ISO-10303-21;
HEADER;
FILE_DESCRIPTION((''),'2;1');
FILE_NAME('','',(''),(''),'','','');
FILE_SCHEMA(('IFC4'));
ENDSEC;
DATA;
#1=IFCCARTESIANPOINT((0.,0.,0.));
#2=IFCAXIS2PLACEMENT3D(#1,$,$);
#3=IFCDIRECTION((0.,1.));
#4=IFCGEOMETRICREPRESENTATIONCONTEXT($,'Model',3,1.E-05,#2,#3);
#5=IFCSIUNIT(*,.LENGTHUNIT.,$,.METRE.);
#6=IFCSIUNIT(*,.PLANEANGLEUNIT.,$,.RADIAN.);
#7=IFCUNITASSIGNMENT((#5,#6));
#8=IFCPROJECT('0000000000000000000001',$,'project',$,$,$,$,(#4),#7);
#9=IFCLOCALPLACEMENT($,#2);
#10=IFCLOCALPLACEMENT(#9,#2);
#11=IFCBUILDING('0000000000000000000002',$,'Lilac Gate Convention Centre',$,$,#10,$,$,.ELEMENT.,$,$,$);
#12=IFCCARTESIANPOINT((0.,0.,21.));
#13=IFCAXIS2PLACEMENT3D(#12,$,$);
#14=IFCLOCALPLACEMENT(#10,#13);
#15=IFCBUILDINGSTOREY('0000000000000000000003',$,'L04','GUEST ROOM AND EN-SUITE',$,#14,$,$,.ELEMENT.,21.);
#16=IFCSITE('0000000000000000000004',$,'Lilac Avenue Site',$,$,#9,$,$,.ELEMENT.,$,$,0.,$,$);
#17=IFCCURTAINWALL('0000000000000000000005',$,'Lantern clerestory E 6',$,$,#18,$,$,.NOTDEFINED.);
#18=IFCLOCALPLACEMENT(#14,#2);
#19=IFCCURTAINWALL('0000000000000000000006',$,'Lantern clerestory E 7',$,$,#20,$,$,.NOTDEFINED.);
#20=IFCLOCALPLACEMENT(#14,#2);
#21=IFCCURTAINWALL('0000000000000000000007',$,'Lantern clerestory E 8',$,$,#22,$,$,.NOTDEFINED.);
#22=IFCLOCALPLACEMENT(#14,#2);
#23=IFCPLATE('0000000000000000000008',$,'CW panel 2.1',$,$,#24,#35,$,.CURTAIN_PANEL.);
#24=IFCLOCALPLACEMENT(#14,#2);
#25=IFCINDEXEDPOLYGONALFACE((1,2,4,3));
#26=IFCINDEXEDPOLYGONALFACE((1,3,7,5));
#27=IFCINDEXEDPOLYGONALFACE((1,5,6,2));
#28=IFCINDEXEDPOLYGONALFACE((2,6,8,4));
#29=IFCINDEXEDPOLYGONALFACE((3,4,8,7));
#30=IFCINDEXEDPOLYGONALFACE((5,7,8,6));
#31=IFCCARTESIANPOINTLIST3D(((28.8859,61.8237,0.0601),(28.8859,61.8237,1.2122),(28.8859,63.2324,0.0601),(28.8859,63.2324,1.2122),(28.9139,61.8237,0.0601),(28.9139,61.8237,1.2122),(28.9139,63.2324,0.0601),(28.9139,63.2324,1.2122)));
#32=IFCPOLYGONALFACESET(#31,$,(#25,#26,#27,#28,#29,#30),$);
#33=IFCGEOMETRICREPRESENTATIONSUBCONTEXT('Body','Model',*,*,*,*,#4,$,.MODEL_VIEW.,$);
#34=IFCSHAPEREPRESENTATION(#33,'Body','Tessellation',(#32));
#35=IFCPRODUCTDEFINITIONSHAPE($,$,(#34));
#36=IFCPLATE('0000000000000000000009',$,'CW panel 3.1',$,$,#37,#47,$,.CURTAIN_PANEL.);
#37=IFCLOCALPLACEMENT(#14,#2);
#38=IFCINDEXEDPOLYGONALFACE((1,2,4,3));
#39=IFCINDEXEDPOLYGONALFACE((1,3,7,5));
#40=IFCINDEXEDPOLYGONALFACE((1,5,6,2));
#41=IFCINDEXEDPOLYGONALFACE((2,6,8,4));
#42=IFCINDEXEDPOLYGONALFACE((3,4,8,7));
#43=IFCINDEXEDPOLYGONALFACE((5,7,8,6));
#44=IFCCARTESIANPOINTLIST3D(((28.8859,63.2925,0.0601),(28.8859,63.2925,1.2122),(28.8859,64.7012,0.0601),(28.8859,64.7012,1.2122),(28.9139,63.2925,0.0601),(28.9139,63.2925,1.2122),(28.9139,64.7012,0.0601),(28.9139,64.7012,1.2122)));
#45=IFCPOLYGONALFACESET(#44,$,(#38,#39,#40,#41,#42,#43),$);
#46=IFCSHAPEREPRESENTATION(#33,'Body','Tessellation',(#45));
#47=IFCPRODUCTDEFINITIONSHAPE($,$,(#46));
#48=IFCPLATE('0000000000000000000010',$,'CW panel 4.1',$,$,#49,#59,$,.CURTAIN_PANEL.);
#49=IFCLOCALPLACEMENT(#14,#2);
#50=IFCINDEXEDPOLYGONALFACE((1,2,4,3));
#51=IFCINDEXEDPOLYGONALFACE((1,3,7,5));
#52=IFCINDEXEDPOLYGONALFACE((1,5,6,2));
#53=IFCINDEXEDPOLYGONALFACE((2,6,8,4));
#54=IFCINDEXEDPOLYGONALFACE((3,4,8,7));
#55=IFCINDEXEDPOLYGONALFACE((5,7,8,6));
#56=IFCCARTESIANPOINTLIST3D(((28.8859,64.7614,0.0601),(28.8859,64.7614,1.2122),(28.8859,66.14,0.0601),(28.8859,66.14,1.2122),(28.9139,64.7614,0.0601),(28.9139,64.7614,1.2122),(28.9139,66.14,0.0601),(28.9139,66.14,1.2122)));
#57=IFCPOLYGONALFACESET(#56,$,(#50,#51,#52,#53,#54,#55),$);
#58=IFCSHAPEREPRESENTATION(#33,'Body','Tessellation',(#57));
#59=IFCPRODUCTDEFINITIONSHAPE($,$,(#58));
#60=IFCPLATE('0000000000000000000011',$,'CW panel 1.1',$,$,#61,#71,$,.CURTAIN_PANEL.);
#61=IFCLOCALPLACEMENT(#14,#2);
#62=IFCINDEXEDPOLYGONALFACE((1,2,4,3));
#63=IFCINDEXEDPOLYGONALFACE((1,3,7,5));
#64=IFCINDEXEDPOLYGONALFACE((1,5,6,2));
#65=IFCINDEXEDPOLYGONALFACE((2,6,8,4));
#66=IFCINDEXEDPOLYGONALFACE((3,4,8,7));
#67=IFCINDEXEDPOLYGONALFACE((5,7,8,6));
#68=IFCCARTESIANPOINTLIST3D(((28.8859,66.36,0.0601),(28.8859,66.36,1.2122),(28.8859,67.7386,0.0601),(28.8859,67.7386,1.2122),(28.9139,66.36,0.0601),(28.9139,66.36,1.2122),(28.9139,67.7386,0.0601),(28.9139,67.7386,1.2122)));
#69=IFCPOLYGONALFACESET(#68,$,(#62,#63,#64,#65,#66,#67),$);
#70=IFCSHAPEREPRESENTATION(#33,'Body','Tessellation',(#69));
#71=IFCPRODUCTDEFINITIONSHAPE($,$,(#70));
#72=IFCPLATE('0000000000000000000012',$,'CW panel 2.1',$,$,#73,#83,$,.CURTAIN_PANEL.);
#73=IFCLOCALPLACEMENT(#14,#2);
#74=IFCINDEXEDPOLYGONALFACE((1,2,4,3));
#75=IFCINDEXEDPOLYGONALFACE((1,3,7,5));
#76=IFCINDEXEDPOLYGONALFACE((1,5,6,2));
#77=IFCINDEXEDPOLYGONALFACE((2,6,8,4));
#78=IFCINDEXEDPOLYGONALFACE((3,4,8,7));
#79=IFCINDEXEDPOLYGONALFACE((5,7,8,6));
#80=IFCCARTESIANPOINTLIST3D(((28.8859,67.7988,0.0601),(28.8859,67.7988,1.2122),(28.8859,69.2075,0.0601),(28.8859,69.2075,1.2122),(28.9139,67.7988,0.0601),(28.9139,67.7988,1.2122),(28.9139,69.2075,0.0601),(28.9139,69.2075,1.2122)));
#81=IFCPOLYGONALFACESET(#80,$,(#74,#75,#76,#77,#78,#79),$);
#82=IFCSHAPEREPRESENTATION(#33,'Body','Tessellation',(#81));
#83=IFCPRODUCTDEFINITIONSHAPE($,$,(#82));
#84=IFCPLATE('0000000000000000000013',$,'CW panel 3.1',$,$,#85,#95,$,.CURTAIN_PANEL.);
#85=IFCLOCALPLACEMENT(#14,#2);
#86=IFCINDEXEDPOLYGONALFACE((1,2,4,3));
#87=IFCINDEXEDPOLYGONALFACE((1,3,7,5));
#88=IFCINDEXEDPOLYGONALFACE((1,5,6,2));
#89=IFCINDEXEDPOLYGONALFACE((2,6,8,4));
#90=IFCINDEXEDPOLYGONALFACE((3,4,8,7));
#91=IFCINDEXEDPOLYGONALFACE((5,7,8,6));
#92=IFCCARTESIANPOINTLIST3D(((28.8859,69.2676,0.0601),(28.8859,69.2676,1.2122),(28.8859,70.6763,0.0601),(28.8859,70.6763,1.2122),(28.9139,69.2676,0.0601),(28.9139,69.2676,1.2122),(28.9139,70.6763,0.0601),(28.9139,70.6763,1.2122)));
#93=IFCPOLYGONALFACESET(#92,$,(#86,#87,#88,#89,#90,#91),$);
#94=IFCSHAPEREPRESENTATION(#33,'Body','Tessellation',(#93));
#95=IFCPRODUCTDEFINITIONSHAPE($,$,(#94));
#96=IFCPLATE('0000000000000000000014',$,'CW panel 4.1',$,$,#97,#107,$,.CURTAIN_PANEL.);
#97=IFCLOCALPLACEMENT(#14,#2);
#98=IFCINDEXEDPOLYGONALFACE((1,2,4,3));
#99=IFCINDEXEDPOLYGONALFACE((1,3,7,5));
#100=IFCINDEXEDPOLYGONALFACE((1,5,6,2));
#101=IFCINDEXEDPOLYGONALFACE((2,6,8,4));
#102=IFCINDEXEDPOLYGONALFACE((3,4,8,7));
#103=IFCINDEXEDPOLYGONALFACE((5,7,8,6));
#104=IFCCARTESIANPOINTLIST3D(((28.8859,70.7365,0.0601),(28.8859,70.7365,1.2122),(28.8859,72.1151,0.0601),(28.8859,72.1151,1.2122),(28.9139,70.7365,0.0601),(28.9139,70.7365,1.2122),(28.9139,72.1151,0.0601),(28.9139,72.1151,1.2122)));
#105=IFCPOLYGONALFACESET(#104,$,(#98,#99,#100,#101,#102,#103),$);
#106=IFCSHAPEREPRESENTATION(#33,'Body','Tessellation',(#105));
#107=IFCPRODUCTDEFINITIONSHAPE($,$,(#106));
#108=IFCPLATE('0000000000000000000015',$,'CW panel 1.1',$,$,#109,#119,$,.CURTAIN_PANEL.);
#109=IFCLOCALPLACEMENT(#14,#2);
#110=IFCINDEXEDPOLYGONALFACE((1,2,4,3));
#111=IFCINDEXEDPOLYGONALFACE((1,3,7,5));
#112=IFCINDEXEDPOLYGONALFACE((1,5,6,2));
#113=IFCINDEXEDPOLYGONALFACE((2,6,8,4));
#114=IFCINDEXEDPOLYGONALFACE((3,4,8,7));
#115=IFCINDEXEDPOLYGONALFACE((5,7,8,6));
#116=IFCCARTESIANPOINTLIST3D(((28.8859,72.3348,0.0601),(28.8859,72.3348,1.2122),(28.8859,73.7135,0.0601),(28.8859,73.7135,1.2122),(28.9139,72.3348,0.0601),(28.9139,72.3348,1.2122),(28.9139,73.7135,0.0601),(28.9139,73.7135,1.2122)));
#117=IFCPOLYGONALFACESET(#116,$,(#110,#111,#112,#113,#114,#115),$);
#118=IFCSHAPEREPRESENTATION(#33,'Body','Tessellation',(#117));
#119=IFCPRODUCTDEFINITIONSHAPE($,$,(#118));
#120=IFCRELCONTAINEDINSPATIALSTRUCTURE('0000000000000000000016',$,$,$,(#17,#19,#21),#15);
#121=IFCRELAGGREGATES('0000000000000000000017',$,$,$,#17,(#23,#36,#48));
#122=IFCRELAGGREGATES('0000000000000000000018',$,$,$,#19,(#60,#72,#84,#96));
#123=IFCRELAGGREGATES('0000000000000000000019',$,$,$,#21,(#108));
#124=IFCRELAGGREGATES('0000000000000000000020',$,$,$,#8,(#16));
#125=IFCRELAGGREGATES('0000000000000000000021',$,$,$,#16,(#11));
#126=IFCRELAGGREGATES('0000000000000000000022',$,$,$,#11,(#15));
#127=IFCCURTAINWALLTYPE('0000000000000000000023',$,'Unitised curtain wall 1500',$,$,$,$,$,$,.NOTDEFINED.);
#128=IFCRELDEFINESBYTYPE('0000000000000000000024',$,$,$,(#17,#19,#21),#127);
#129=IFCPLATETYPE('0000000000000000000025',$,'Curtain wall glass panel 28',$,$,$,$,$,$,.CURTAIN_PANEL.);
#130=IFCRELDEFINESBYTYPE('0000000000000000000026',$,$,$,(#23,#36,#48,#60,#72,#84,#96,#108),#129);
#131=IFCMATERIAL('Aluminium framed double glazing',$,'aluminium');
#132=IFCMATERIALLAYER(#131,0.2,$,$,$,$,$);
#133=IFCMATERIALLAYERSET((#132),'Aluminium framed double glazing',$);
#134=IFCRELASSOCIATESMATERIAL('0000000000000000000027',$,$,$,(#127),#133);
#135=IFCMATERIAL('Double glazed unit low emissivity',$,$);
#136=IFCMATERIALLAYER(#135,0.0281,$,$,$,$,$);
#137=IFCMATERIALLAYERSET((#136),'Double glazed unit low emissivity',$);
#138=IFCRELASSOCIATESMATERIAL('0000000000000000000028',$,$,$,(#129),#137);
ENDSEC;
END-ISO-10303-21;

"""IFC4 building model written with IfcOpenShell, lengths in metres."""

from ifc_helpers import new_model, si_unit, direction, frame, origin, origin_2d, place, context, subcontext, project, spatial, rectangle, extrude, material, layer, layer_set, type_object, element, aggregate, save


model = new_model("IFC4")

# Units and contexts
model_context = context("Model", 3, precision=1e-05, world=origin(), true_north=direction((0.0, 1.0)))
body_context = subcontext(model_context, "Body", "Model", "MODEL_VIEW")
ifc_project = project(units=[si_unit("LENGTHUNIT", "METRE"), si_unit("PLANEANGLEUNIT", "RADIAN")], contexts=[model_context])

# Site, building, storey
site_placement = place(None, origin())
site = spatial("IfcSite", under=ifc_project, at=site_placement, Name="Lilac Avenue Site", CompositionType="ELEMENT", RefElevation=0.0)
building_placement = place(site_placement, origin())
building = spatial("IfcBuilding", under=site, at=building_placement, Name="Lilac Gate Convention Centre", CompositionType="ELEMENT")
storey_placement = place(building_placement, frame((0.0, 0.0, 21.0)))
storey = spatial("IfcBuildingStorey", under=building, at=storey_placement, Name="L04", Description="GUEST ROOM AND EN-SUITE", CompositionType="ELEMENT", Elevation=21.0)

# Curtain walls
ifc_material_1 = material(Name="Aluminium framed double glazing", Category="aluminium")
ifc_layer_1 = layer(ifc_material_1, 0.2)
ifc_layer_set_1 = layer_set([ifc_layer_1], Name="Aluminium framed double glazing")
curtain_wall_type = type_object("IfcCurtainWallType", Name="Unitised curtain wall 1500", PredefinedType="NOTDEFINED", material=ifc_layer_set_1)
curtain_wall_1_placement = place(storey_placement, origin())
curtain_wall_1 = element("IfcCurtainWall", 1, at=curtain_wall_1_placement, inside=storey, type_object=curtain_wall_type, Name="Lantern clerestory E 6", PredefinedType="NOTDEFINED")
curtain_wall_2_placement = place(storey_placement, origin())
curtain_wall_2 = element("IfcCurtainWall", 2, at=curtain_wall_2_placement, inside=storey, type_object=curtain_wall_type, Name="Lantern clerestory E 7", PredefinedType="NOTDEFINED")
curtain_wall_3_placement = place(storey_placement, origin())
curtain_wall_3 = element("IfcCurtainWall", 3, at=curtain_wall_3_placement, inside=storey, type_object=curtain_wall_type, Name="Lantern clerestory E 8", PredefinedType="NOTDEFINED")

# Plates
ifc_material_2 = material(Name="Double glazed unit low emissivity")
ifc_layer_2 = layer(ifc_material_2, 0.0281)
ifc_layer_set_2 = layer_set([ifc_layer_2], Name="Double glazed unit low emissivity")
plate_type = type_object("IfcPlateType", Name="Curtain wall glass panel 28", PredefinedType="CURTAIN_PANEL", material=ifc_layer_set_2)
plate_1_placement = place(storey_placement, frame((28.8999, 62.5281, 0.0601), z_axis=(0.0, 0.0, 1.0), x_axis=(0.0, 1.0, 0.0)))
plate_1 = element("IfcPlate", 4, at=plate_1_placement, type_object=plate_type, Name="CW panel 2.1", PredefinedType="CURTAIN_PANEL", context=body_context, shape_type="SweptSolid", body=[
    extrude(rectangle(XDim=1.4087, YDim=0.0281, at=origin_2d()), origin(), (0.0, 0.0, 1.0), 1.1521),
])
plate_2_placement = place(storey_placement, frame((28.8999, 63.9968, 0.0601), z_axis=(0.0, 0.0, 1.0), x_axis=(0.0, 1.0, 0.0)))
plate_2 = element("IfcPlate", 5, at=plate_2_placement, type_object=plate_type, Name="CW panel 3.1", PredefinedType="CURTAIN_PANEL", context=body_context, shape_type="SweptSolid", body=[
    extrude(rectangle(XDim=1.4087, YDim=0.0281, at=origin_2d()), origin(), (0.0, 0.0, 1.0), 1.1521),
])
plate_3_placement = place(storey_placement, frame((28.8999, 65.4507, 0.0601), z_axis=(0.0, 0.0, 1.0), x_axis=(0.0, 1.0, 0.0)))
plate_3 = element("IfcPlate", 6, at=plate_3_placement, type_object=plate_type, Name="CW panel 4.1", PredefinedType="CURTAIN_PANEL", context=body_context, shape_type="SweptSolid", body=[
    extrude(rectangle(XDim=1.3787, YDim=0.0281, at=origin_2d()), origin(), (0.0, 0.0, 1.0), 1.1521),
])
aggregate(curtain_wall_1, [plate_1, plate_2, plate_3])
plate_4_placement = place(storey_placement, frame((28.8999, 67.0493, 0.0601), z_axis=(0.0, 0.0, 1.0), x_axis=(0.0, 1.0, 0.0)))
plate_4 = element("IfcPlate", 7, at=plate_4_placement, type_object=plate_type, Name="CW panel 1.1", PredefinedType="CURTAIN_PANEL", context=body_context, shape_type="SweptSolid", body=[
    extrude(rectangle(XDim=1.3787, YDim=0.0281, at=origin_2d()), origin(), (0.0, 0.0, 1.0), 1.1521),
])
plate_5_placement = place(storey_placement, frame((28.8999, 68.5032, 0.0601), z_axis=(0.0, 0.0, 1.0), x_axis=(0.0, 1.0, 0.0)))
plate_5 = element("IfcPlate", 8, at=plate_5_placement, type_object=plate_type, Name="CW panel 2.1", PredefinedType="CURTAIN_PANEL", context=body_context, shape_type="SweptSolid", body=[
    extrude(rectangle(XDim=1.4087, YDim=0.0281, at=origin_2d()), origin(), (0.0, 0.0, 1.0), 1.1521),
])
plate_6_placement = place(storey_placement, frame((28.8999, 69.9719, 0.0601), z_axis=(0.0, 0.0, 1.0), x_axis=(0.0, 1.0, 0.0)))
plate_6 = element("IfcPlate", 9, at=plate_6_placement, type_object=plate_type, Name="CW panel 3.1", PredefinedType="CURTAIN_PANEL", context=body_context, shape_type="SweptSolid", body=[
    extrude(rectangle(XDim=1.4087, YDim=0.0281, at=origin_2d()), origin(), (0.0, 0.0, 1.0), 1.1521),
])
plate_7_placement = place(storey_placement, frame((28.8999, 71.4258, 0.0601), z_axis=(0.0, 0.0, 1.0), x_axis=(0.0, 1.0, 0.0)))
plate_7 = element("IfcPlate", 10, at=plate_7_placement, type_object=plate_type, Name="CW panel 4.1", PredefinedType="CURTAIN_PANEL", context=body_context, shape_type="SweptSolid", body=[
    extrude(rectangle(XDim=1.3787, YDim=0.0281, at=origin_2d()), origin(), (0.0, 0.0, 1.0), 1.1521),
])
aggregate(curtain_wall_2, [plate_4, plate_5, plate_6, plate_7])
plate_8_placement = place(storey_placement, frame((28.8999, 73.0242, 0.0601), z_axis=(0.0, 0.0, 1.0), x_axis=(0.0, 1.0, 0.0)))
plate_8 = element("IfcPlate", 11, at=plate_8_placement, type_object=plate_type, Name="CW panel 1.1", PredefinedType="CURTAIN_PANEL", context=body_context, shape_type="SweptSolid", body=[
    extrude(rectangle(XDim=1.3787, YDim=0.0281, at=origin_2d()), origin(), (0.0, 0.0, 1.0), 1.1521),
])
aggregate(curtain_wall_3, [plate_8])

save(model, "model.ifc")
